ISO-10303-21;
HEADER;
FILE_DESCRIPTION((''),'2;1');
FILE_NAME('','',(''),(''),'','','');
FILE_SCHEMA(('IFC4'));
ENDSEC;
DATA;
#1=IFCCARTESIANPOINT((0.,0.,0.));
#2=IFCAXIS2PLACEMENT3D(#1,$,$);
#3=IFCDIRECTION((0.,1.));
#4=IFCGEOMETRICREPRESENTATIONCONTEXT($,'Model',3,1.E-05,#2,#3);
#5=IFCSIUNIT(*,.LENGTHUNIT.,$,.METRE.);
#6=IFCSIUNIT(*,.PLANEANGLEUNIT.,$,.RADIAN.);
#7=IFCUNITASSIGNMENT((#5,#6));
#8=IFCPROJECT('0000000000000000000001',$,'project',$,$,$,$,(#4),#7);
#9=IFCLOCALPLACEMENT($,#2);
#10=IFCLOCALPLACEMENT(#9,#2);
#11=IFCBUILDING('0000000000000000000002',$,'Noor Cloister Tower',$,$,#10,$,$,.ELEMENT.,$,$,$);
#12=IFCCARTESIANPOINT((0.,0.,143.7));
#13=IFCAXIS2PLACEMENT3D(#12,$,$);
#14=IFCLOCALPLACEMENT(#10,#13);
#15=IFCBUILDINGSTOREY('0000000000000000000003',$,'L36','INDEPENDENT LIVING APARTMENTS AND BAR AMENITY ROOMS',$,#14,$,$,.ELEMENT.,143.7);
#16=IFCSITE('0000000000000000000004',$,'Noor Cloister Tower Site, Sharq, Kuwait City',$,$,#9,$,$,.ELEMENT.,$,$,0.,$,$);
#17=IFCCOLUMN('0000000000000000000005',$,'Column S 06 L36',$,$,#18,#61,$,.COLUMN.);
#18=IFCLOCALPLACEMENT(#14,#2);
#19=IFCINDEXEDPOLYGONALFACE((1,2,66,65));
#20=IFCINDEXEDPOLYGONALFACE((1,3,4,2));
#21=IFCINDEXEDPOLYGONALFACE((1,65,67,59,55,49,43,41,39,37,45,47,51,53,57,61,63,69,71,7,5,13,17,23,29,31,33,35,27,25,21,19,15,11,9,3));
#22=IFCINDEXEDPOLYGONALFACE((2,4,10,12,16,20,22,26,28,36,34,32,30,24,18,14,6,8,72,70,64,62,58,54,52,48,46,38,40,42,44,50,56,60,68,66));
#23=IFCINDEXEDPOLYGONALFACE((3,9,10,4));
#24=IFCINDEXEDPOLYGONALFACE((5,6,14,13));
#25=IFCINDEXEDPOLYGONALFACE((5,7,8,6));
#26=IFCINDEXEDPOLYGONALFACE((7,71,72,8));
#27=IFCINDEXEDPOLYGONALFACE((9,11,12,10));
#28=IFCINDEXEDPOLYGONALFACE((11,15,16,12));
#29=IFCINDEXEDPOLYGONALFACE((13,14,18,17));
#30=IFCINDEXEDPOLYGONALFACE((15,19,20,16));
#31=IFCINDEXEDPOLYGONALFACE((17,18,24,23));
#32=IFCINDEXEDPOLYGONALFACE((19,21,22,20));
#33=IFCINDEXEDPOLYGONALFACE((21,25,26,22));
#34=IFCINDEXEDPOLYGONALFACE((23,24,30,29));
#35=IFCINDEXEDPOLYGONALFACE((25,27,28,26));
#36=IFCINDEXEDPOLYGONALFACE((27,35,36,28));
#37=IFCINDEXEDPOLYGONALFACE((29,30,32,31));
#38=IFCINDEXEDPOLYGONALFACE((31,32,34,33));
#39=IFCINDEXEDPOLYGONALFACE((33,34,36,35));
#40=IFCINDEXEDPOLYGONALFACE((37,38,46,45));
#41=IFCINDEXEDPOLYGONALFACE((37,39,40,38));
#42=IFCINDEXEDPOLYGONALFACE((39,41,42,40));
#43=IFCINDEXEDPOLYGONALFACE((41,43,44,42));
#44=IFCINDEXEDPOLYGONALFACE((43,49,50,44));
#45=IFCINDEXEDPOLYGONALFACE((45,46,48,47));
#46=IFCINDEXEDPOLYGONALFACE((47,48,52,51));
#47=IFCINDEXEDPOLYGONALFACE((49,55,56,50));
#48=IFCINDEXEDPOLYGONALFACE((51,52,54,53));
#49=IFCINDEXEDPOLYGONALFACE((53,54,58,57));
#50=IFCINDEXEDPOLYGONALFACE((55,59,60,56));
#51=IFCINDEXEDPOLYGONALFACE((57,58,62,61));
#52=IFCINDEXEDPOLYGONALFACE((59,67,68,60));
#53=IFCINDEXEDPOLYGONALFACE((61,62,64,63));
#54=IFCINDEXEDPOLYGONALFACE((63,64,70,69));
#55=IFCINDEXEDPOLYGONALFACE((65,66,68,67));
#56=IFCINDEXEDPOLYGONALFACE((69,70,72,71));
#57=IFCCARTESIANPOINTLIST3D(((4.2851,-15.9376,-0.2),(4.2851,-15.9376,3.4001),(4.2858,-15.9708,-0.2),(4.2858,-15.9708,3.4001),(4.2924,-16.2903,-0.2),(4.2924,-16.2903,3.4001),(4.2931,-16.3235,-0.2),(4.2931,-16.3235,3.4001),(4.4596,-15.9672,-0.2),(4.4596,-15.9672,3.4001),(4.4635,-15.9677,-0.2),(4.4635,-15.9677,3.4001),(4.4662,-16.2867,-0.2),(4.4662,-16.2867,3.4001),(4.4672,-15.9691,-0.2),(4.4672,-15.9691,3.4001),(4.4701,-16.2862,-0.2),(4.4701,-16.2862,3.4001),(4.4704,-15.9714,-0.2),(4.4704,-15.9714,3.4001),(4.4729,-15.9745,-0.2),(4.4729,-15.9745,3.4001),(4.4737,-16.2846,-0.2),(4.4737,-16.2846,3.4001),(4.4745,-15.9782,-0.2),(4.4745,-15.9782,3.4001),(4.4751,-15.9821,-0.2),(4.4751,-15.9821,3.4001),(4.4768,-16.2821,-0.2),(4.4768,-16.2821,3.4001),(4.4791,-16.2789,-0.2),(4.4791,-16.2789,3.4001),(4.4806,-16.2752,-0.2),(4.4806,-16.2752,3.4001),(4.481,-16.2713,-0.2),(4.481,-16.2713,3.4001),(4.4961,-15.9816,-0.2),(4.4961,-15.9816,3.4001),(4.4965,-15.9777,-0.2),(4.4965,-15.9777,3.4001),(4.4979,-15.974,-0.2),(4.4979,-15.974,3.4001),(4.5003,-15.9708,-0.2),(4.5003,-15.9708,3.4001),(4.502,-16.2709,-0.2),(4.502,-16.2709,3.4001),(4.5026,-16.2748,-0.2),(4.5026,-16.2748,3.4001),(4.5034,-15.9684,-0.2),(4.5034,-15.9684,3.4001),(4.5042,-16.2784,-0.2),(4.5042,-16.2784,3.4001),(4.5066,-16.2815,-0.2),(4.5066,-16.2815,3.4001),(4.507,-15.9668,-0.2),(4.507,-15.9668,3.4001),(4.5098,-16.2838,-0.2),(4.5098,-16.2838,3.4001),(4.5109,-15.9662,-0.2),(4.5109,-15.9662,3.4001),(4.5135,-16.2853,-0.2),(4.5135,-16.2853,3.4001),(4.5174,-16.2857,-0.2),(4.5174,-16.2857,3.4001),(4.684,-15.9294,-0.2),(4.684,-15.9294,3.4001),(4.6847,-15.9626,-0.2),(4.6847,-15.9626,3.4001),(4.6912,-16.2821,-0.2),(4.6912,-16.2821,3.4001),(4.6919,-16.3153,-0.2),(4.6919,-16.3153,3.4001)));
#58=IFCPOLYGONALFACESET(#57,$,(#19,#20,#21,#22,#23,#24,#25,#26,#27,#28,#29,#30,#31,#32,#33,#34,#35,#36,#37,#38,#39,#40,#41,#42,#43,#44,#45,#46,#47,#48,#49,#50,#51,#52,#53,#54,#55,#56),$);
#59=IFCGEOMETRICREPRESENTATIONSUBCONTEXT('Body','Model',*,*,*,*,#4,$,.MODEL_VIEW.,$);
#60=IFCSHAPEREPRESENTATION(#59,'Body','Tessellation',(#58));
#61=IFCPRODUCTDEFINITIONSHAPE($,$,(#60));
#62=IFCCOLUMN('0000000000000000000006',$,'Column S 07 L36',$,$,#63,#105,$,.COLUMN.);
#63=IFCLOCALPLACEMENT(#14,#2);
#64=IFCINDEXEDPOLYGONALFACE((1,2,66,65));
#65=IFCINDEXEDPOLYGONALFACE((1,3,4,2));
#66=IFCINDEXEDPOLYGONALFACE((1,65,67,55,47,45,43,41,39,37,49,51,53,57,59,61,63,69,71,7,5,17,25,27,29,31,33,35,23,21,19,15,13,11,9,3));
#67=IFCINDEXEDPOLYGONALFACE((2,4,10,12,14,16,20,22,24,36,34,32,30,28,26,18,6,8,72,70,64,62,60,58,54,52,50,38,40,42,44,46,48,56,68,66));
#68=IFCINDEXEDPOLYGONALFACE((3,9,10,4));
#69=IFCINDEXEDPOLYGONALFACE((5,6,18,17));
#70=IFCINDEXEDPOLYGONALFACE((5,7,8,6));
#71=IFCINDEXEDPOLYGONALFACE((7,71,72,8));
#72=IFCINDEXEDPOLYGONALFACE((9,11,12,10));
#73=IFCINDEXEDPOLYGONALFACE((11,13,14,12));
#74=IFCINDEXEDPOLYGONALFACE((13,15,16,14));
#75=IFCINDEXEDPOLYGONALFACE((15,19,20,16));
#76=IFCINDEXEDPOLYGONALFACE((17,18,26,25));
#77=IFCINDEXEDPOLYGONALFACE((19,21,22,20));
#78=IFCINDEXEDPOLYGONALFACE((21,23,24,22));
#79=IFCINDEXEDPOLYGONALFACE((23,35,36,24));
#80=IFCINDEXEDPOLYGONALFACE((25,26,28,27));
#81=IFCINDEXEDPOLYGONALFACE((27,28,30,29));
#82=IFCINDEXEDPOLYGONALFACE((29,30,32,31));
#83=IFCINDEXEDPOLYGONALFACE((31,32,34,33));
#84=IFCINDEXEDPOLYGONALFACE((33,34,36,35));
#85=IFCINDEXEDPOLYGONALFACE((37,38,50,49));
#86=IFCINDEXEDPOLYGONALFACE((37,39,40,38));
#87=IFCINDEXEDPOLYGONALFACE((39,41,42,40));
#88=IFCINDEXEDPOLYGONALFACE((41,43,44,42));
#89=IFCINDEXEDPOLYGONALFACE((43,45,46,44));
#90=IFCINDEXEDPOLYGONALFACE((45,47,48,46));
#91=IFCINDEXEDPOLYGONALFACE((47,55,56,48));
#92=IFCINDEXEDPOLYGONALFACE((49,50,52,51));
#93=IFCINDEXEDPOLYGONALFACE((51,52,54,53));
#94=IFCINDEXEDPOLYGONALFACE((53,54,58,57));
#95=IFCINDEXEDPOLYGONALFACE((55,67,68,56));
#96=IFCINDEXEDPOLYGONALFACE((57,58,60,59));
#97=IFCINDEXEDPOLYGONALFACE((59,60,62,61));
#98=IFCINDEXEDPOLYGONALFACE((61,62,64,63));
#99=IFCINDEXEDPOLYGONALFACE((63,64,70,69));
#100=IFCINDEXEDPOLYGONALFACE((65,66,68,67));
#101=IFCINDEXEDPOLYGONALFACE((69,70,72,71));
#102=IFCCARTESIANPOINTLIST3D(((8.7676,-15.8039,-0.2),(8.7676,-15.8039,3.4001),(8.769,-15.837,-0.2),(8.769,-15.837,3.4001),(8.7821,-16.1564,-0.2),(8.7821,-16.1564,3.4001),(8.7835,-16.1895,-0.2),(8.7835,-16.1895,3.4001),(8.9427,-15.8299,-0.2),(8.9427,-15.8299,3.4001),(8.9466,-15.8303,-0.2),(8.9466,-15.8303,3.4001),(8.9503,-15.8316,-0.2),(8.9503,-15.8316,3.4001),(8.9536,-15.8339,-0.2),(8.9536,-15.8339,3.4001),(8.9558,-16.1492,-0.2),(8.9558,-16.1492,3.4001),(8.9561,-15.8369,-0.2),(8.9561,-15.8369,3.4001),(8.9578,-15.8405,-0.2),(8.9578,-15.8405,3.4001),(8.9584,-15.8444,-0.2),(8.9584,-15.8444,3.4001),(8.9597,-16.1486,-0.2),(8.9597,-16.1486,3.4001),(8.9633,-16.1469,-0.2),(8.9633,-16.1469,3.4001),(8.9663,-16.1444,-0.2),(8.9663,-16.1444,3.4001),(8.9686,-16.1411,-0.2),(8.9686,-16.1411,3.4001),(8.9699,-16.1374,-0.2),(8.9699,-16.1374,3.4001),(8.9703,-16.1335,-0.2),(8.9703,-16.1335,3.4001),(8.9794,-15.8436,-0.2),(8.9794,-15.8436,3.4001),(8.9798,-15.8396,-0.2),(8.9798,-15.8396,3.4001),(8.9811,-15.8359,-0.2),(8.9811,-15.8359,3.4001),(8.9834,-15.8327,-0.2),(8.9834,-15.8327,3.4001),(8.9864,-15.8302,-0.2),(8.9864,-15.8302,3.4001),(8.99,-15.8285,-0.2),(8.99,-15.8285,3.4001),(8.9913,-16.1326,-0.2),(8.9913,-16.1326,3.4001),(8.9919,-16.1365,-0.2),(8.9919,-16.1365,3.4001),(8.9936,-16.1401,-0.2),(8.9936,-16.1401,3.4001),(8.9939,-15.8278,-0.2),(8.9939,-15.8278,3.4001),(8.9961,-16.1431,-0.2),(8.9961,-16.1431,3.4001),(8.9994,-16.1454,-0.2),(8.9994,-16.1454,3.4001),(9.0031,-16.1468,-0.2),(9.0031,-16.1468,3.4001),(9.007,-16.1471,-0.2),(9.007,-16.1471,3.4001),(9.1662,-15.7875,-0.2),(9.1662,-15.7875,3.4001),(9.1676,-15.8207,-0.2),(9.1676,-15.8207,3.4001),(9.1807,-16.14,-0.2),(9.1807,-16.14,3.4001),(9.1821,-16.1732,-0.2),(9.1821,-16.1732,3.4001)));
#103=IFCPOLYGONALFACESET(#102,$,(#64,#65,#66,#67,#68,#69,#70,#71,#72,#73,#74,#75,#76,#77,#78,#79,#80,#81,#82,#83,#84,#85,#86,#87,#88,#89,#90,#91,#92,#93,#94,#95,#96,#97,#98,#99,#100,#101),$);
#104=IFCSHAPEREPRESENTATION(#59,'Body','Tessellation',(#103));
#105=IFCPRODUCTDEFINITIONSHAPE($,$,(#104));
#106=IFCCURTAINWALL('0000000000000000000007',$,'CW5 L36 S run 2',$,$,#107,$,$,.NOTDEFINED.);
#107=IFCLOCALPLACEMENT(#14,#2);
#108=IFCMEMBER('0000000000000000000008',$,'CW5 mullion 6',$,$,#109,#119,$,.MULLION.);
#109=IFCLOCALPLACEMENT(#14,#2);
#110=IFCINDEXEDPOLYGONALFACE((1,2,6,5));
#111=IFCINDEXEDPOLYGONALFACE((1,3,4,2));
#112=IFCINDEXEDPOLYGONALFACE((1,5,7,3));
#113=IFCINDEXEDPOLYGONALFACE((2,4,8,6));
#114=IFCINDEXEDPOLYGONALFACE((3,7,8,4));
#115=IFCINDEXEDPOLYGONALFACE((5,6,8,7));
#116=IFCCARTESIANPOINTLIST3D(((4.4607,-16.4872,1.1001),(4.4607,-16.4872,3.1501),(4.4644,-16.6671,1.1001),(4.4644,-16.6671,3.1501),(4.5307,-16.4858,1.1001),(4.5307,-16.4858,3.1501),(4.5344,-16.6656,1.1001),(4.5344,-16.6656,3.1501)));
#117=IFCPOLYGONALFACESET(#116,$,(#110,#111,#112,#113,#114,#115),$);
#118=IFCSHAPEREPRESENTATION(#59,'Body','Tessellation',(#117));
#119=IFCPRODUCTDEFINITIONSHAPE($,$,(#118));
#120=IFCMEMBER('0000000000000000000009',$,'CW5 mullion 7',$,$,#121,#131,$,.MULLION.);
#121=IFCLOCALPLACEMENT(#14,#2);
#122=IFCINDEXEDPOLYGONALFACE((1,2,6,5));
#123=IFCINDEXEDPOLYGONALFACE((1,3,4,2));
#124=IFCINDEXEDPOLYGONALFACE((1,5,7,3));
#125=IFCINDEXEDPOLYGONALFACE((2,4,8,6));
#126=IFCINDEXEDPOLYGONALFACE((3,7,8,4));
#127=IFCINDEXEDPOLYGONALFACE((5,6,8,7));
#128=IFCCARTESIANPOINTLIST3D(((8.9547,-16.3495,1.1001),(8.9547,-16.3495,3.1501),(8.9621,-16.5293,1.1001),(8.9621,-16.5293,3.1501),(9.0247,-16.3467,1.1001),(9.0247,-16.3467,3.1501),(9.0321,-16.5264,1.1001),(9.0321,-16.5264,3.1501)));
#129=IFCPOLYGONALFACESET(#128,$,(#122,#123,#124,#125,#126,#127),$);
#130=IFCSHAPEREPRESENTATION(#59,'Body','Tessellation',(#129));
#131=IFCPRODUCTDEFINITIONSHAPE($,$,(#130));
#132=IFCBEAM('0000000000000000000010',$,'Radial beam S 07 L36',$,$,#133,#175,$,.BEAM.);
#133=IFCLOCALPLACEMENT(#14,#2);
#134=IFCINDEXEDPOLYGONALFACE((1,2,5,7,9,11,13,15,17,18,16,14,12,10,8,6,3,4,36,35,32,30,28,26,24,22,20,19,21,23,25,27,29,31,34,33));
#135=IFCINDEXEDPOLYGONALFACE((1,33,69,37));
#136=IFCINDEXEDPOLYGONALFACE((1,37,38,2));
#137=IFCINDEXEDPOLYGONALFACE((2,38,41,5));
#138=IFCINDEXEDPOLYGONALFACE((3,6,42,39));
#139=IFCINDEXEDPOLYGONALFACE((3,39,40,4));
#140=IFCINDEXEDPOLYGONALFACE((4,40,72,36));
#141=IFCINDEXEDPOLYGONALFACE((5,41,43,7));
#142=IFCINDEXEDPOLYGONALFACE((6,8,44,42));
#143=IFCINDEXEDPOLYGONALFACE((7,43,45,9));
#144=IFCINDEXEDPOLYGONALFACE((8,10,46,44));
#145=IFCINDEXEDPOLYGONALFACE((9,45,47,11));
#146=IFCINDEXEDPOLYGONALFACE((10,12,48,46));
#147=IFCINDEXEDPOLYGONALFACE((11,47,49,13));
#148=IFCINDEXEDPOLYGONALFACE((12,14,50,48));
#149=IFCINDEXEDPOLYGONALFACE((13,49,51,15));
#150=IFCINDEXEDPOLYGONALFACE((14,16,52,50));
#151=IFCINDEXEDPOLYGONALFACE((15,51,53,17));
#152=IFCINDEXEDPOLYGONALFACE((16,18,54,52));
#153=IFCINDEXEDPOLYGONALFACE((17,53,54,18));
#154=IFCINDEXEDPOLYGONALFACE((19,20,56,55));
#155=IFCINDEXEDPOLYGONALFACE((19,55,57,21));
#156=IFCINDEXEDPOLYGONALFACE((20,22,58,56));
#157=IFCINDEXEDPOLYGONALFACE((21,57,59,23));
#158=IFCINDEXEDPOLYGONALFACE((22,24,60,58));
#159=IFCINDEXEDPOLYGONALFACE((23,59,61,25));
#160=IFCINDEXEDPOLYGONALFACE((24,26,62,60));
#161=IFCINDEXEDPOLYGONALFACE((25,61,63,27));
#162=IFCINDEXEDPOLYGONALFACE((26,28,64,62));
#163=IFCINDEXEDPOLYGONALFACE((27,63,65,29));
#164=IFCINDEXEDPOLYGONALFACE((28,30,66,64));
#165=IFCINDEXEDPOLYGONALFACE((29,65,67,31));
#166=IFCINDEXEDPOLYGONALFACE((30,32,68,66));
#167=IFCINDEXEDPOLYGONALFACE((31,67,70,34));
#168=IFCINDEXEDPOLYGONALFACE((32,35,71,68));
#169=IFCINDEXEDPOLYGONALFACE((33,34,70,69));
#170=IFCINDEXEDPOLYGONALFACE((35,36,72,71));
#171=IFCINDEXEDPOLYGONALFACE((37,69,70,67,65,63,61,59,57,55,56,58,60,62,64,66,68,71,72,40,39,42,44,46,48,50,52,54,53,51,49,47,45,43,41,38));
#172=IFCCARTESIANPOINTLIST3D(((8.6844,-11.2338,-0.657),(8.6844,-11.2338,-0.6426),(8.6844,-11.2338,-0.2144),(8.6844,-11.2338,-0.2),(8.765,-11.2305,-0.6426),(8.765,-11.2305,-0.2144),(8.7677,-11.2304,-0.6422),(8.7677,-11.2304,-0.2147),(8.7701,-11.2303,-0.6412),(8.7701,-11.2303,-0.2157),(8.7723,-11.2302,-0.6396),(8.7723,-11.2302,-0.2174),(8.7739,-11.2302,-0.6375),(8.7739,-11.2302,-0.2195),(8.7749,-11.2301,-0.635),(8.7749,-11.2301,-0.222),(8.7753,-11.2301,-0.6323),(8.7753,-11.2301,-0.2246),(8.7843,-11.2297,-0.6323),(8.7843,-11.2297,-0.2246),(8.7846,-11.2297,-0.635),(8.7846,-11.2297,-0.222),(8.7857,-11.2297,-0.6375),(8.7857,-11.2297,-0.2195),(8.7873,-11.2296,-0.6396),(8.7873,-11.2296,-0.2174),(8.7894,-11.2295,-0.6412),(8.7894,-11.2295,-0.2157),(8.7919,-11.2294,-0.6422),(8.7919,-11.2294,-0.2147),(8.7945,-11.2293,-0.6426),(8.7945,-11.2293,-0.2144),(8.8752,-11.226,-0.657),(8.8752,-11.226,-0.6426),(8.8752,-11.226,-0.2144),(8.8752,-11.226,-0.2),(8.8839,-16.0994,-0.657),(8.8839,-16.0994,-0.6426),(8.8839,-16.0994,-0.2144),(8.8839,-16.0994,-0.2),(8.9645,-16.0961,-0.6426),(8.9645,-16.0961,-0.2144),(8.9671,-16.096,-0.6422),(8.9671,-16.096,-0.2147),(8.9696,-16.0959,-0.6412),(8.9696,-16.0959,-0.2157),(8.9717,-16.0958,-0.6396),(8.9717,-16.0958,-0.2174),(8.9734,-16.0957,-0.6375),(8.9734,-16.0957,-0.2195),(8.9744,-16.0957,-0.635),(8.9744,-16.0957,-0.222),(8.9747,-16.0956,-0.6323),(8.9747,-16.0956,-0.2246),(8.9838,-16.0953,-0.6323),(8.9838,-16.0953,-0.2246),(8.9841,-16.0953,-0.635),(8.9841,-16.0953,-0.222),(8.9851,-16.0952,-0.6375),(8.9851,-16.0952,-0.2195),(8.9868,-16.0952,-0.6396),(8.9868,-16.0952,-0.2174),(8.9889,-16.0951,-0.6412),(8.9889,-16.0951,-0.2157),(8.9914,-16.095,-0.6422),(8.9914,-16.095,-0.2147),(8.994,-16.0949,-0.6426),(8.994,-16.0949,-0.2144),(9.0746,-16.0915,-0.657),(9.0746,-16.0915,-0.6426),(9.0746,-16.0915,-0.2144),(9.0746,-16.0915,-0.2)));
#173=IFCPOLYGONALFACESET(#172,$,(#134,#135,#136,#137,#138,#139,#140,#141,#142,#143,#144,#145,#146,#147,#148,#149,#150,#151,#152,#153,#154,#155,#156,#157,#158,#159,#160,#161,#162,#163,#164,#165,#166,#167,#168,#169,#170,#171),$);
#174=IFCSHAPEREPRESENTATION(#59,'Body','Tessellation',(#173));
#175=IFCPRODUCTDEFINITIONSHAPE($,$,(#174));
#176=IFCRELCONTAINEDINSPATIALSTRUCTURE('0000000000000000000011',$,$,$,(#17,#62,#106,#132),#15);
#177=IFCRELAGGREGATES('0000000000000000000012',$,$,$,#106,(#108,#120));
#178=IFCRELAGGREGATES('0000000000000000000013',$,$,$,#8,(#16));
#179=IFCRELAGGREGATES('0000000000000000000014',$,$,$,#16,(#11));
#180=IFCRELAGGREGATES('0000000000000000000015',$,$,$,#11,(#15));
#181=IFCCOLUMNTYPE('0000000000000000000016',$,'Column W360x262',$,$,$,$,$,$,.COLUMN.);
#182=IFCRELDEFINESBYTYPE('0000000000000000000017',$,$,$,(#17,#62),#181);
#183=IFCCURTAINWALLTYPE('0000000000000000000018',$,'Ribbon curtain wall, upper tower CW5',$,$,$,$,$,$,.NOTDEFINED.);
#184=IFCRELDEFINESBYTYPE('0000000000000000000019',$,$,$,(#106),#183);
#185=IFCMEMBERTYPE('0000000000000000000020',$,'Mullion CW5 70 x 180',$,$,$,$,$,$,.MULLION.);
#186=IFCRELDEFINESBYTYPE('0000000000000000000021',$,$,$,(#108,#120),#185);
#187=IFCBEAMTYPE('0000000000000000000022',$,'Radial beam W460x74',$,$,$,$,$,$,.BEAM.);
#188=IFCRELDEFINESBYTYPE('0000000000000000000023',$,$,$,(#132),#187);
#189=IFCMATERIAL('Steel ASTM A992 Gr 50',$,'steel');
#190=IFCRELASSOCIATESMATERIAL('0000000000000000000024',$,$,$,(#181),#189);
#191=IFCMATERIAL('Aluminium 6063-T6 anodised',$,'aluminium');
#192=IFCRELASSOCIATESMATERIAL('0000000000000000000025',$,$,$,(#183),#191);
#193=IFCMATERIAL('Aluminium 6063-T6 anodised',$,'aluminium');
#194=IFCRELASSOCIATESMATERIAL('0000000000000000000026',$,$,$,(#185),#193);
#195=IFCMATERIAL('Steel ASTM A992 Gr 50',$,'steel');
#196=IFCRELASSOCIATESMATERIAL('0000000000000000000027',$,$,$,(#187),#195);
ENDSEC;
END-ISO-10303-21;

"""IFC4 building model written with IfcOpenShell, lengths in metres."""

from ifc_helpers import new_model, si_unit, direction, frame, origin, origin_2d, place, context, subcontext, project, spatial, rectangle, i_section, extrude, material, material_profile, profile_set, type_object, element, aggregate, save


model = new_model("IFC4")

# Units and contexts
model_context = context("Model", 3, precision=1e-05, world=origin(), true_north=direction((0.0, 1.0)))
body_context = subcontext(model_context, "Body", "Model", "MODEL_VIEW")
ifc_project = project(units=[si_unit("LENGTHUNIT", "METRE"), si_unit("PLANEANGLEUNIT", "RADIAN")], contexts=[model_context])

# Site, building, storey
site_placement = place(None, origin())
site = spatial("IfcSite", under=ifc_project, at=site_placement, Name="Noor Cloister Tower Site, Sharq, Kuwait City", CompositionType="ELEMENT", RefElevation=0.0)
building_placement = place(site_placement, origin())
building = spatial("IfcBuilding", under=site, at=building_placement, Name="Noor Cloister Tower", CompositionType="ELEMENT")
storey_placement = place(building_placement, frame((0.0, 0.0, 143.7)))
storey = spatial("IfcBuildingStorey", under=building, at=storey_placement, Name="L36", Description="INDEPENDENT LIVING APARTMENTS AND BAR AMENITY ROOMS", CompositionType="ELEMENT", Elevation=143.7)

# Columns
ifc_material_1 = material(Name="Steel ASTM A992 Gr 50", Category="steel")
ifc_material_profile_1 = material_profile(ifc_material_1, i_section(OverallWidth=0.3989, OverallDepth=0.386, WebThickness=0.021, FlangeThickness=0.0332, FilletRadius=0.0151, at=origin_2d()), Name="W360x262")
ifc_profile_set_1 = profile_set([ifc_material_profile_1], Name="Steel ASTM A992 Gr 50")
column_type = type_object("IfcColumnType", Name="Column W360x262", PredefinedType="COLUMN", material=ifc_profile_set_1)
for number, where, z_axis, x_axis, name in (
    (1, (4.4885, -16.1265, -0.2), (0.0, 0.0, 1.0), (0.99979, 0.020502, 0.0), "Column S 06 L36"),
    (2, (8.9749, -15.9885, -0.2), (0.0, 0.0, 1.0), (0.999159, 0.040995, 0.0), "Column S 07 L36"),
):
    element("IfcColumn", number, at=place(storey_placement, frame(where, z_axis=z_axis, x_axis=x_axis)), inside=storey, type_object=column_type, Name=name, PredefinedType="COLUMN", context=body_context, shape_type="SweptSolid", body=[
        extrude(i_section(OverallWidth=0.3989, OverallDepth=0.386, WebThickness=0.021, FlangeThickness=0.0332, FilletRadius=0.0151, at=origin_2d()), origin(), (0.0, 0.0, 1.0), 3.6001),
    ])

# Curtain wall, members
ifc_material_2 = material(Name="Aluminium 6063-T6 anodised", Category="aluminium")
curtain_wall_type = type_object("IfcCurtainWallType", Name="Ribbon curtain wall, upper tower CW5", PredefinedType="NOTDEFINED", material=ifc_material_2)
curtain_wall_placement = place(storey_placement, origin())
curtain_wall = element("IfcCurtainWall", 3, at=curtain_wall_placement, inside=storey, type_object=curtain_wall_type, Name="CW5 L36 S run 2", PredefinedType="NOTDEFINED")
ifc_material_3 = material(Name="Aluminium 6063-T6 anodised", Category="aluminium")
ifc_material_profile_2 = material_profile(ifc_material_3, rectangle(XDim=0.1799, YDim=0.0701, at=origin_2d()), Name="180 x 70 mullion")
ifc_profile_set_2 = profile_set([ifc_material_profile_2], Name="Aluminium 6063-T6 anodised")
member_type = type_object("IfcMemberType", Name="Mullion CW5 70 x 180", PredefinedType="MULLION", material=ifc_profile_set_2)
member_1_placement = place(storey_placement, frame((4.4976, -16.5764, 1.1001), z_axis=(0.0, 0.0, 1.0), x_axis=(-0.020502, 0.99979, 0.0)))
member_1 = element("IfcMember", 4, at=member_1_placement, type_object=member_type, Name="CW5 mullion 6", PredefinedType="MULLION", context=body_context, shape_type="SweptSolid", body=[
    extrude(rectangle(XDim=0.1799, YDim=0.0701, at=origin_2d()), origin(), (0.0, 0.0, 1.0), 2.05),
])
member_2_placement = place(storey_placement, frame((8.9934, -16.438, 1.1001), z_axis=(0.0, 0.0, 1.0), x_axis=(-0.040995, 0.999159, 0.0)))
member_2 = element("IfcMember", 5, at=member_2_placement, type_object=member_type, Name="CW5 mullion 7", PredefinedType="MULLION", context=body_context, shape_type="SweptSolid", body=[
    extrude(rectangle(XDim=0.1799, YDim=0.0701, at=origin_2d()), origin(), (0.0, 0.0, 1.0), 2.05),
])

# Beam
ifc_material_4 = material(Name="Steel ASTM A992 Gr 50", Category="steel")
ifc_material_profile_3 = material_profile(ifc_material_4, i_section(OverallWidth=0.1909, OverallDepth=0.457, WebThickness=0.009, FlangeThickness=0.0144, FilletRadius=0.0103, at=origin_2d()), Name="W460x74")
ifc_profile_set_3 = profile_set([ifc_material_profile_3], Name="Steel ASTM A992 Gr 50")
beam_type_1 = type_object("IfcBeamType", Name="Radial beam W460x74", PredefinedType="BEAM", material=ifc_profile_set_3)
beam_1_placement = place(storey_placement, frame((8.9792, -16.0955, -0.4285), z_axis=(-0.040961, 0.999161, 0.0), x_axis=(-0.999161, -0.040961, 0.0)))
element("IfcBeam", 6, at=beam_1_placement, inside=storey, type_object=beam_type_1, Name="Radial beam S 07 L36", PredefinedType="BEAM", context=body_context, shape_type="SweptSolid", body=[
    extrude(i_section(OverallWidth=0.1909, OverallDepth=0.457, WebThickness=0.009, FlangeThickness=0.0144, FilletRadius=0.0103, at=origin_2d()), origin(), (0.0, 0.0, 1.0), 4.8696),
])

aggregate(curtain_wall, [member_1, member_2])

save(model, "model.ifc")
